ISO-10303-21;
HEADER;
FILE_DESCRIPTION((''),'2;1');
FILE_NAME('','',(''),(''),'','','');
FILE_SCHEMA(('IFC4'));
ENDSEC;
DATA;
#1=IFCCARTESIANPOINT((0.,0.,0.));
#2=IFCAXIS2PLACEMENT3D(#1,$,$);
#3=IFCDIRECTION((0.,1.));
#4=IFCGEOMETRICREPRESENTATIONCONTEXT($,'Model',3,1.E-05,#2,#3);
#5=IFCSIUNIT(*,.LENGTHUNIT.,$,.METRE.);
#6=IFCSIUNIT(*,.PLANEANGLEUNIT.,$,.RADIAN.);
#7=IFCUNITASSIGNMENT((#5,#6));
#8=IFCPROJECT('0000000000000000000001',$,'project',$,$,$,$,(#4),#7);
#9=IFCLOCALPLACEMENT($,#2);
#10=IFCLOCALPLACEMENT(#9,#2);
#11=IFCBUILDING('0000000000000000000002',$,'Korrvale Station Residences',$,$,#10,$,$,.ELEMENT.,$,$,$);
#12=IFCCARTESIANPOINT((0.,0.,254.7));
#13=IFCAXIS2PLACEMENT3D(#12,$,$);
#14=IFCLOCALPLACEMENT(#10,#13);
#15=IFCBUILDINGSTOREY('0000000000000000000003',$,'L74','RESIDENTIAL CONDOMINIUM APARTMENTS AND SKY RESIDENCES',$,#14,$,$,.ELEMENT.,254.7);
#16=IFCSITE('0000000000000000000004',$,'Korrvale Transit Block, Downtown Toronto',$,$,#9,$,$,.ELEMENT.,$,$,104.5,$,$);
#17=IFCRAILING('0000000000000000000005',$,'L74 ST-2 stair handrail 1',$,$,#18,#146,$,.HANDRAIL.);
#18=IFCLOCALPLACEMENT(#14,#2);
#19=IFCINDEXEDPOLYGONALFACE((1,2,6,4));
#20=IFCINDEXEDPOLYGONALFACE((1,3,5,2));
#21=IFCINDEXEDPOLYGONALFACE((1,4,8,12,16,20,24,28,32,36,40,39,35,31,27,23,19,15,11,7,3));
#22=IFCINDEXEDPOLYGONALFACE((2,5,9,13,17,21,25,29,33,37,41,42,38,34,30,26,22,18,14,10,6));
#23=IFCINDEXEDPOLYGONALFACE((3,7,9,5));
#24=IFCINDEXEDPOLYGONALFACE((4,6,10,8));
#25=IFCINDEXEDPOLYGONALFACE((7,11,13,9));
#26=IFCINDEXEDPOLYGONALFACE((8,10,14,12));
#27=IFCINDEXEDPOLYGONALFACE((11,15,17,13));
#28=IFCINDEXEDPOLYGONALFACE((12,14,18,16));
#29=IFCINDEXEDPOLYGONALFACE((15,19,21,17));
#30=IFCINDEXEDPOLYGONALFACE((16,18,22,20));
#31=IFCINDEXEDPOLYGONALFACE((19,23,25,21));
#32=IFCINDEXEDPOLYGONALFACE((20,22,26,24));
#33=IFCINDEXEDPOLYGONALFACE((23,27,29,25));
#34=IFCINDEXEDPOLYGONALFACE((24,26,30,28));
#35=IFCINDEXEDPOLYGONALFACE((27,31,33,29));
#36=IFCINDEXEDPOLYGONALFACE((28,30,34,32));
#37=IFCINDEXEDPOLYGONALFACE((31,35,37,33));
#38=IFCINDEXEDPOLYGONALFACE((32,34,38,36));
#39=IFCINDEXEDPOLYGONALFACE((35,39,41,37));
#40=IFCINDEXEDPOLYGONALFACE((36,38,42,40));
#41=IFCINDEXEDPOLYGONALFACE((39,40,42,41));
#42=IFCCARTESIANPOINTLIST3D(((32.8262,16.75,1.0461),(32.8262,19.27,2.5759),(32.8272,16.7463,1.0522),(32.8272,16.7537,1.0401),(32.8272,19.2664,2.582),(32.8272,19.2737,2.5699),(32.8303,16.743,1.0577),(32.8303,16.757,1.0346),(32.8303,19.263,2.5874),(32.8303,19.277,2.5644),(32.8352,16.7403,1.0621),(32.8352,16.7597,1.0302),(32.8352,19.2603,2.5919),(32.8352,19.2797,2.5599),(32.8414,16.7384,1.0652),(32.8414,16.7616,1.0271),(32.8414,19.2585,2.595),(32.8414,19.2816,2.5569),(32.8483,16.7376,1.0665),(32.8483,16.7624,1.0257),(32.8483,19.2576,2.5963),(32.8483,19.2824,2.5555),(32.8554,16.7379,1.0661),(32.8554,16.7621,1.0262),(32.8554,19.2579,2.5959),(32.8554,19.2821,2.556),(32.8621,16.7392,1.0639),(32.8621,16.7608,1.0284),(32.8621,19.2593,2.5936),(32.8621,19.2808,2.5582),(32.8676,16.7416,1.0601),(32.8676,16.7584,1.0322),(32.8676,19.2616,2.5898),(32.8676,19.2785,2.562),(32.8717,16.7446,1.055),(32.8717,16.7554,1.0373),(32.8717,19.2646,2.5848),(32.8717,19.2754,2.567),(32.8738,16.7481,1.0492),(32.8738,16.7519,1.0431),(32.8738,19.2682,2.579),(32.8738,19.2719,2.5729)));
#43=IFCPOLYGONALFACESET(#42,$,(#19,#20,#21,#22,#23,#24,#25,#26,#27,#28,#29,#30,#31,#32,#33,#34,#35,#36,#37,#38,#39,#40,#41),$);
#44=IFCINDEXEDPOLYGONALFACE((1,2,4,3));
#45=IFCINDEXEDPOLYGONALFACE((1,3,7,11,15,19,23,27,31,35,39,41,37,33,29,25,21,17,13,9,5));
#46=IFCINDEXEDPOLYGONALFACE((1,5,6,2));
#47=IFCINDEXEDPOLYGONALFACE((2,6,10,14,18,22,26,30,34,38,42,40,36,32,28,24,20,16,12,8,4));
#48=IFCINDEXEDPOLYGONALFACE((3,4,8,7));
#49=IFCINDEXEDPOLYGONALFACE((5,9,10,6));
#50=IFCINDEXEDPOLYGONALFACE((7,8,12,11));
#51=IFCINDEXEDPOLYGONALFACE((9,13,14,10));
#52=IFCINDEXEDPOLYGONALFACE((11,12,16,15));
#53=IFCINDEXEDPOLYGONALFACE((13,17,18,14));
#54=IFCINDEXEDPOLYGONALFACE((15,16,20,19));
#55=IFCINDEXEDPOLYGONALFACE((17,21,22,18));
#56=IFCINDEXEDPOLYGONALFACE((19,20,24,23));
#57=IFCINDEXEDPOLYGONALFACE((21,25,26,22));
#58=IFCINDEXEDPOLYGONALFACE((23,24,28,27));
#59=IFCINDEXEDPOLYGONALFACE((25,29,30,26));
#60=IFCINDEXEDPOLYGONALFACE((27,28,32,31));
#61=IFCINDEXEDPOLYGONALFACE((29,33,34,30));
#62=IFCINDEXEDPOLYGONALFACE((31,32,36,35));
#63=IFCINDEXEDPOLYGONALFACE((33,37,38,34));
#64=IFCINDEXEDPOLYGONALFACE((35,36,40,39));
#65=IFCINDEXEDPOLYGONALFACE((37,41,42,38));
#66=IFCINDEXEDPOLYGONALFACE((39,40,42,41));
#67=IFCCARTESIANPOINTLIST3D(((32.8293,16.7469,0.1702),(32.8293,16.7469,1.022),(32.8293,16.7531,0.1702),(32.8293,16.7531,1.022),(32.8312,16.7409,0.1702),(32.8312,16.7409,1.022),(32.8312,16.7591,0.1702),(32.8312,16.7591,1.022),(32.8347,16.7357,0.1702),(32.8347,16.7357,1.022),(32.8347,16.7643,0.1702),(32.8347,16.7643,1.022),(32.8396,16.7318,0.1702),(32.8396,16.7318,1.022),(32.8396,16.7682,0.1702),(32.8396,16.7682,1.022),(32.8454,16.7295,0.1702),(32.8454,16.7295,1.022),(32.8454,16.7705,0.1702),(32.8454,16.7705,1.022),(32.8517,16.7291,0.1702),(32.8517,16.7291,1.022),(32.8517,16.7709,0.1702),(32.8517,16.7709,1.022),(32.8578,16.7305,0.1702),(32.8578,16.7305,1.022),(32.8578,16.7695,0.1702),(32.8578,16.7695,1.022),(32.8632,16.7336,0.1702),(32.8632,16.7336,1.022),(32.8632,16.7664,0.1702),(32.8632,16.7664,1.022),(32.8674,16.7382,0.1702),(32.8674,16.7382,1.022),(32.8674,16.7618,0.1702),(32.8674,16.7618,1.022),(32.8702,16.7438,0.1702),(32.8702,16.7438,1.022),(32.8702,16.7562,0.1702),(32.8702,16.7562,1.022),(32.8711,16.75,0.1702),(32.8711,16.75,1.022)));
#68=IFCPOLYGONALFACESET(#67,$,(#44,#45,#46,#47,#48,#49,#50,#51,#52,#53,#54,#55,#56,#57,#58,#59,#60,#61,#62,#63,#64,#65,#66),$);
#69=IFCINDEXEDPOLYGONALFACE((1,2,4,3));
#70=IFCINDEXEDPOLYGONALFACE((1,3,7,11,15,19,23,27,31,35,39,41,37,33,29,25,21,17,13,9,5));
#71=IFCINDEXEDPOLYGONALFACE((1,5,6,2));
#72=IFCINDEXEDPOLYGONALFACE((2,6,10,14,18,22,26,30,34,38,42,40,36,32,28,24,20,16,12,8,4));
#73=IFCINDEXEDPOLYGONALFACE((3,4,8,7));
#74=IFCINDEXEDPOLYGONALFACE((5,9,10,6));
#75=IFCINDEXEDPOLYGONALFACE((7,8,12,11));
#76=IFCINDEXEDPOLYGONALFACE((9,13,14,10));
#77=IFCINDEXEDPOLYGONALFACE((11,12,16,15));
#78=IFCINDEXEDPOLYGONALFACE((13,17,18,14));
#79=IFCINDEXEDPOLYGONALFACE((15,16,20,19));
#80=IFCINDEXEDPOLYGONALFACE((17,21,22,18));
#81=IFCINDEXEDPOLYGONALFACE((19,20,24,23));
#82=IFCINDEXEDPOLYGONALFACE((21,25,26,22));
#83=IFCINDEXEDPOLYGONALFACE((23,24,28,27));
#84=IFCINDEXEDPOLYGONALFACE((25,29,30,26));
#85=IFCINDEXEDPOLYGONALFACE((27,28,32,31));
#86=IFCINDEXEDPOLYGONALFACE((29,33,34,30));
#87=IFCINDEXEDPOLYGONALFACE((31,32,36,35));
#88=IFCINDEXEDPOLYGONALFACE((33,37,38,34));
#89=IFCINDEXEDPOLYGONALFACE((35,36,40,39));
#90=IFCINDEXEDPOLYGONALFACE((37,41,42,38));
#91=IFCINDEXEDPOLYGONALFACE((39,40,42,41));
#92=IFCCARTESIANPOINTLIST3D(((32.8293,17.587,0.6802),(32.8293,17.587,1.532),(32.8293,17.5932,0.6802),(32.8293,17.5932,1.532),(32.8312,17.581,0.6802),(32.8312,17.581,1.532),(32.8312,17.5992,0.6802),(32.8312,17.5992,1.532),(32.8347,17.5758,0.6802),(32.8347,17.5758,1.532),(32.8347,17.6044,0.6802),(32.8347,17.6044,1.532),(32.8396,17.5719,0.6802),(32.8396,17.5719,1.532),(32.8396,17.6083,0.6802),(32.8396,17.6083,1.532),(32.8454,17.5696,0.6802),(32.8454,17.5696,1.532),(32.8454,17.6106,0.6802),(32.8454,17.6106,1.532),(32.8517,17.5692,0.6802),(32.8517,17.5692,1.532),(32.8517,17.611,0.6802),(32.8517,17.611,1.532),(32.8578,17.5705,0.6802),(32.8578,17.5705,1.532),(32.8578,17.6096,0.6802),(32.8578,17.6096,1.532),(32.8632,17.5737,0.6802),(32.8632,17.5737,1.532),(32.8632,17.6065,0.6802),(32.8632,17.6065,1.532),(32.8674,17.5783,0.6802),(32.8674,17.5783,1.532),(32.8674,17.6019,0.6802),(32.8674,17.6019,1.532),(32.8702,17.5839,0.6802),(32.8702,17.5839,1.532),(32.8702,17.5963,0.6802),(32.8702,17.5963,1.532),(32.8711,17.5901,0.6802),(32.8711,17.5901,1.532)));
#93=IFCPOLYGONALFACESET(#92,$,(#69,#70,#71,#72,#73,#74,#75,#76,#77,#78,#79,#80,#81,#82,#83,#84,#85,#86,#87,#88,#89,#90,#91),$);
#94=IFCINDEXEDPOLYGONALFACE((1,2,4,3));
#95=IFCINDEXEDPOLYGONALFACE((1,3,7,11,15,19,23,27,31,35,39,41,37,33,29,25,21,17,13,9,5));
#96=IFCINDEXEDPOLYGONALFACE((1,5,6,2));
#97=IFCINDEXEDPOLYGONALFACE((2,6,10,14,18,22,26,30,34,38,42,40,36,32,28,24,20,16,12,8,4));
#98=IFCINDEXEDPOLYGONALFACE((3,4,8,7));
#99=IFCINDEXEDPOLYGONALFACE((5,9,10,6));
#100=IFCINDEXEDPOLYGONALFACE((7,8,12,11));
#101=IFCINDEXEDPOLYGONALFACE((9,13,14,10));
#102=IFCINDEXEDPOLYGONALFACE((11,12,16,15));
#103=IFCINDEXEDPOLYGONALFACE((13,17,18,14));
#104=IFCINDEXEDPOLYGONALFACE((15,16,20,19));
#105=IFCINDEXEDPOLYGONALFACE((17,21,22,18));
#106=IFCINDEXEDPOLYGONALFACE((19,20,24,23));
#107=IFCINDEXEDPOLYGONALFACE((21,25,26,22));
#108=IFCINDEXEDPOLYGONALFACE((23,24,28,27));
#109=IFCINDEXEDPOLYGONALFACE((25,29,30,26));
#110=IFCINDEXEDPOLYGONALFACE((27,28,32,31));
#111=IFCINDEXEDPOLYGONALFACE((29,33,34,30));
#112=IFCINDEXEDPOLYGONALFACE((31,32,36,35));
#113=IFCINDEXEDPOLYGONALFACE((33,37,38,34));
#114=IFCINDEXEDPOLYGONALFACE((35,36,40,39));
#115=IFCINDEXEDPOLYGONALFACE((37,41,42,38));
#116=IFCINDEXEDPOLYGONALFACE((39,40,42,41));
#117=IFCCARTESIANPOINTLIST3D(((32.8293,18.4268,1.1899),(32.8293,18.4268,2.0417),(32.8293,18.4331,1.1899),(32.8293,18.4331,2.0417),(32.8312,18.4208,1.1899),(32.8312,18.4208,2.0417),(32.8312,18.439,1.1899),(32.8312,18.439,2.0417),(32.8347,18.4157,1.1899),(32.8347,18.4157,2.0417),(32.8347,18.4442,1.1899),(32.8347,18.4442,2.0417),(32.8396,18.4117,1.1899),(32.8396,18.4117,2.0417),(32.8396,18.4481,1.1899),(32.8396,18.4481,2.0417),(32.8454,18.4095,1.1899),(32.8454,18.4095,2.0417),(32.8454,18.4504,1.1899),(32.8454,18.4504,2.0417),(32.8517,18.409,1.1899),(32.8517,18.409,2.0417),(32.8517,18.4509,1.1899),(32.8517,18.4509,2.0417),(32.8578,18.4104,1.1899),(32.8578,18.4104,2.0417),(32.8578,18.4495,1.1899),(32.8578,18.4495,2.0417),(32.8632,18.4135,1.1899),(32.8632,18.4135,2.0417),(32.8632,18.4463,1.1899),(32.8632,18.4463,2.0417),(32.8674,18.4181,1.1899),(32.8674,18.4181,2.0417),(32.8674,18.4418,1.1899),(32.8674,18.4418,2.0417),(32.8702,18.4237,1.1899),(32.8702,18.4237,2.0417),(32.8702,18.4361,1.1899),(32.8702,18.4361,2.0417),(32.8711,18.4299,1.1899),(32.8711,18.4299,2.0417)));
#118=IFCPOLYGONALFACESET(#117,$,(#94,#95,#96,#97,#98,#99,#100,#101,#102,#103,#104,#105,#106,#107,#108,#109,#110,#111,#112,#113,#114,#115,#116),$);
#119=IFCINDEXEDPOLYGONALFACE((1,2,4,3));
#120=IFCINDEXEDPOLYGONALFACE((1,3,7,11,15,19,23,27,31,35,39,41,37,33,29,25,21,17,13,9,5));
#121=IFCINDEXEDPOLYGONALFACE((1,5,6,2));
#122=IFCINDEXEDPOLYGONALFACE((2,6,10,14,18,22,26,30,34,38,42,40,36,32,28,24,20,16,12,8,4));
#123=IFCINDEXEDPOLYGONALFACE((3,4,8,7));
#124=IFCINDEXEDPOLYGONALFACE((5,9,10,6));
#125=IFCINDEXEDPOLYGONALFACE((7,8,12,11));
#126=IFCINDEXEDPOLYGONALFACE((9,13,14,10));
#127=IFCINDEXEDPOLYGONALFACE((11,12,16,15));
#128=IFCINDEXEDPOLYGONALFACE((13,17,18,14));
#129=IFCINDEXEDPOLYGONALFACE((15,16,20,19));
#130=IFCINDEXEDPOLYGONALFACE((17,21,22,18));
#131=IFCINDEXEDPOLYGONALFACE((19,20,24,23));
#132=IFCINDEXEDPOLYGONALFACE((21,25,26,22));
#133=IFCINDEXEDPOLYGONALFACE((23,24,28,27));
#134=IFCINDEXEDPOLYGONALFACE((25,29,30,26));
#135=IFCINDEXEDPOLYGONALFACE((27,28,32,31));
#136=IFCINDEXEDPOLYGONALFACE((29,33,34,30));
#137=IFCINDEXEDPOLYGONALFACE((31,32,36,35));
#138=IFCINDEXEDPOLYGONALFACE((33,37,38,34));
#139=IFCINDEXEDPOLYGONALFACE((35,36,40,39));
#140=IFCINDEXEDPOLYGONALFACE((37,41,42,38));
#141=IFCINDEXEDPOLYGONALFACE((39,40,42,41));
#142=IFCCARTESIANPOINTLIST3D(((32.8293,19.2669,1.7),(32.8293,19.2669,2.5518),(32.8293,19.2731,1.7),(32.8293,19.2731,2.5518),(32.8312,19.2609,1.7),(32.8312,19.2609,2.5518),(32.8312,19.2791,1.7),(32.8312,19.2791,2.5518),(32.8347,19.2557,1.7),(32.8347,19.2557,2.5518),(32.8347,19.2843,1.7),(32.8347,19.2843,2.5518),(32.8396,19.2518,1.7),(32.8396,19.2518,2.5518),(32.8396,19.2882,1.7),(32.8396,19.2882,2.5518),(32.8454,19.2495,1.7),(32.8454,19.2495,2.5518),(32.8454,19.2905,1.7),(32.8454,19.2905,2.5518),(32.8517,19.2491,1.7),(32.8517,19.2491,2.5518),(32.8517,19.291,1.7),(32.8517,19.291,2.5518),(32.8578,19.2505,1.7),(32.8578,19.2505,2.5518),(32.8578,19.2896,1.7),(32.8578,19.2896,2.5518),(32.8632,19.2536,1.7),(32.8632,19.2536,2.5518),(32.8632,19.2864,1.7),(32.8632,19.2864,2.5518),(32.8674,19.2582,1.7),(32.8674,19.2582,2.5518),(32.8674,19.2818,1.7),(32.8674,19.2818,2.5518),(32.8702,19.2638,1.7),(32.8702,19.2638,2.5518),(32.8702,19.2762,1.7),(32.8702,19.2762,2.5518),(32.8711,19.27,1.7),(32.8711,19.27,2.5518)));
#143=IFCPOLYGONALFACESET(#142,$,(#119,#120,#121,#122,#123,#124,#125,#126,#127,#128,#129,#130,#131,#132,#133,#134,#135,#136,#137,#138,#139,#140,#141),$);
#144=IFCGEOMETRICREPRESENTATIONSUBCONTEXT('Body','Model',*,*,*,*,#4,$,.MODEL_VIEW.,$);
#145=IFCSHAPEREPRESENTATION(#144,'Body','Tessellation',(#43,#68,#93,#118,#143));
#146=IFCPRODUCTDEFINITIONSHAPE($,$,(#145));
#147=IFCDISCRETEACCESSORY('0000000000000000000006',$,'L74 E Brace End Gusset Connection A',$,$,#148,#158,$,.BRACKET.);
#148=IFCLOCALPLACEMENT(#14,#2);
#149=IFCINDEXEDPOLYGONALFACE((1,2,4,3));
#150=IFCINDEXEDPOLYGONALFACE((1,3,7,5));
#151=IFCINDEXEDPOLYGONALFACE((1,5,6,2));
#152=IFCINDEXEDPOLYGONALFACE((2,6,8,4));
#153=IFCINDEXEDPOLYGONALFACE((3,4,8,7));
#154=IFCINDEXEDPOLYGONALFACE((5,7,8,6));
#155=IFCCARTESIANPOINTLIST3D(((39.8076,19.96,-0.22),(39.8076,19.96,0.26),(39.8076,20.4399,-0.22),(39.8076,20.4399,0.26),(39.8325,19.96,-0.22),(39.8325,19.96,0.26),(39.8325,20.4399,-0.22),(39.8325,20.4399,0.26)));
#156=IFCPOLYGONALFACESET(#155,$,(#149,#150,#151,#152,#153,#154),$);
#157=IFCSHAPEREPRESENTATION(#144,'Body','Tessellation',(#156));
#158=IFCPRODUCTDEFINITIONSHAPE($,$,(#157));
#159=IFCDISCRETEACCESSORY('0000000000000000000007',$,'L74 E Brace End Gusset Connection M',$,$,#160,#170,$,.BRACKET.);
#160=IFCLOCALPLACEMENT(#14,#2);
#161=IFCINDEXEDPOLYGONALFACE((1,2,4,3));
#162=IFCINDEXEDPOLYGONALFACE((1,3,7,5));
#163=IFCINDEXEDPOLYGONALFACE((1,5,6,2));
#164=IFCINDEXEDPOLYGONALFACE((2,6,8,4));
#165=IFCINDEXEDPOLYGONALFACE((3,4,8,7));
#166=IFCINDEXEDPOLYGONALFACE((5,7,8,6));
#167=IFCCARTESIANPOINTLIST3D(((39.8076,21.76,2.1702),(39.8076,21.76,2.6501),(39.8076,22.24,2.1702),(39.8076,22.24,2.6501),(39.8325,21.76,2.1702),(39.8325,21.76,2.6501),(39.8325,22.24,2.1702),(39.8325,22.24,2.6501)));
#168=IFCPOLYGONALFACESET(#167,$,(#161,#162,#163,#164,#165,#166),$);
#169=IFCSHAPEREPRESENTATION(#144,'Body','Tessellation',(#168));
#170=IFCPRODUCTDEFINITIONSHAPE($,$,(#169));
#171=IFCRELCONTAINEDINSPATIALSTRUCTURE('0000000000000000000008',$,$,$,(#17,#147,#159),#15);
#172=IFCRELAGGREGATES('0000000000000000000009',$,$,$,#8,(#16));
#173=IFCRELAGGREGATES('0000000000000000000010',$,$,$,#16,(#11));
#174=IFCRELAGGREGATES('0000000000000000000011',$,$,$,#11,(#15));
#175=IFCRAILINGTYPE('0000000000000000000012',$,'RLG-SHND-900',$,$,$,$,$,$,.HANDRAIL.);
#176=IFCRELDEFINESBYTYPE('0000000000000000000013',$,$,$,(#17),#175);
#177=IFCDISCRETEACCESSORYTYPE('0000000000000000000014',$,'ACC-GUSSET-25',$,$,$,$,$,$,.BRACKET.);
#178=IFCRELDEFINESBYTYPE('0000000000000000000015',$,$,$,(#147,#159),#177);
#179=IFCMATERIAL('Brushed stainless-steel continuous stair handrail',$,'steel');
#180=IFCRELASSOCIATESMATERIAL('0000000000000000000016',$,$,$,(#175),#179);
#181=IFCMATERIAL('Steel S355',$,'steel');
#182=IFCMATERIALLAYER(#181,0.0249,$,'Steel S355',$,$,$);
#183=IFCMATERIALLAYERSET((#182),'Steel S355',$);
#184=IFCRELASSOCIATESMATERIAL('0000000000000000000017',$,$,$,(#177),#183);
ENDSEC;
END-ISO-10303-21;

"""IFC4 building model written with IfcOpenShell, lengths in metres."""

from ifc_helpers import new_model, si_unit, direction, frame, origin, origin_2d, place, context, subcontext, project, spatial, rectangle, circle, extrude, material, layer, layer_set, type_object, element, save


model = new_model("IFC4")

# Units and contexts
model_context = context("Model", 3, precision=1e-05, world=origin(), true_north=direction((0.0, 1.0)))
body_context = subcontext(model_context, "Body", "Model", "MODEL_VIEW")
ifc_project = project(units=[si_unit("LENGTHUNIT", "METRE"), si_unit("PLANEANGLEUNIT", "RADIAN")], contexts=[model_context])

# Site, building, storey
site_placement = place(None, origin())
site = spatial("IfcSite", under=ifc_project, at=site_placement, Name="Korrvale Transit Block, Downtown Toronto", CompositionType="ELEMENT", RefElevation=104.5)
building_placement = place(site_placement, origin())
building = spatial("IfcBuilding", under=site, at=building_placement, Name="Korrvale Station Residences", CompositionType="ELEMENT")
storey_placement = place(building_placement, frame((0.0, 0.0, 254.7)))
storey = spatial("IfcBuildingStorey", under=building, at=storey_placement, Name="L74", Description="RESIDENTIAL CONDOMINIUM APARTMENTS AND SKY RESIDENCES", CompositionType="ELEMENT", Elevation=254.7)

# Shared definitions
ifc_material_1 = material(Name="Steel S355", Category="steel")

# Railing
ifc_material_2 = material(Name="Brushed stainless-steel continuous stair handrail", Category="steel")
railing_type = type_object("IfcRailingType", Name="RLG-SHND-900", PredefinedType="HANDRAIL", material=ifc_material_2)
railing_placement = place(storey_placement, frame((32.8501, 16.75, 0.1702)))
element("IfcRailing", 1, at=railing_placement, inside=storey, type_object=railing_type, Name="L74 ST-2 stair handrail 1", PredefinedType="HANDRAIL", context=body_context, shape_type="SweptSolid", body=[
    extrude(circle(Radius=0.0239, at=origin_2d()), frame((0.0, 0.0, 0.876), z_axis=(0.0, 0.854822, 0.518922), x_axis=(-1.0, 0.0, 0.0)), (0.0, 0.0, 1.0), 2.948),
    extrude(circle(Radius=0.021, at=origin_2d()), origin(), (0.0, 0.0, 1.0), 0.8518),
    extrude(circle(Radius=0.021, at=origin_2d()), frame((0.0, 0.8401, 0.51)), (0.0, 0.0, 1.0), 0.8518),
    extrude(circle(Radius=0.021, at=origin_2d()), frame((0.0, 1.6799, 1.0198)), (0.0, 0.0, 1.0), 0.8518),
    extrude(circle(Radius=0.021, at=origin_2d()), frame((0.0, 2.52, 1.5298)), (0.0, 0.0, 1.0), 0.8518),
])

# Discrete accessories
ifc_layer_1 = layer(ifc_material_1, 0.0249, Name="Steel S355")
ifc_layer_set_1 = layer_set([ifc_layer_1], Name="Steel S355")
discrete_accessory_type = type_object("IfcDiscreteAccessoryType", Name="ACC-GUSSET-25", PredefinedType="BRACKET", material=ifc_layer_set_1)
for number, where, z_axis, x_axis, name in (
    (2, (39.8201, 20.2, -0.22), (0.0, 0.0, 1.0), (0.0, 1.0, 0.0), "L74 E Brace End Gusset Connection A"),
    (3, (39.8201, 22.0, 2.1702), (0.0, 0.0, 1.0), (0.0, 1.0, 0.0), "L74 E Brace End Gusset Connection M"),
):
    element("IfcDiscreteAccessory", number, at=place(storey_placement, frame(where, z_axis=z_axis, x_axis=x_axis)), inside=storey, type_object=discrete_accessory_type, Name=name, PredefinedType="BRACKET", context=body_context, shape_type="SweptSolid", body=[
        extrude(rectangle(XDim=0.48, YDim=0.0249, at=origin_2d()), origin(), (0.0, 0.0, 1.0), 0.48),
    ])

save(model, "model.ifc")
